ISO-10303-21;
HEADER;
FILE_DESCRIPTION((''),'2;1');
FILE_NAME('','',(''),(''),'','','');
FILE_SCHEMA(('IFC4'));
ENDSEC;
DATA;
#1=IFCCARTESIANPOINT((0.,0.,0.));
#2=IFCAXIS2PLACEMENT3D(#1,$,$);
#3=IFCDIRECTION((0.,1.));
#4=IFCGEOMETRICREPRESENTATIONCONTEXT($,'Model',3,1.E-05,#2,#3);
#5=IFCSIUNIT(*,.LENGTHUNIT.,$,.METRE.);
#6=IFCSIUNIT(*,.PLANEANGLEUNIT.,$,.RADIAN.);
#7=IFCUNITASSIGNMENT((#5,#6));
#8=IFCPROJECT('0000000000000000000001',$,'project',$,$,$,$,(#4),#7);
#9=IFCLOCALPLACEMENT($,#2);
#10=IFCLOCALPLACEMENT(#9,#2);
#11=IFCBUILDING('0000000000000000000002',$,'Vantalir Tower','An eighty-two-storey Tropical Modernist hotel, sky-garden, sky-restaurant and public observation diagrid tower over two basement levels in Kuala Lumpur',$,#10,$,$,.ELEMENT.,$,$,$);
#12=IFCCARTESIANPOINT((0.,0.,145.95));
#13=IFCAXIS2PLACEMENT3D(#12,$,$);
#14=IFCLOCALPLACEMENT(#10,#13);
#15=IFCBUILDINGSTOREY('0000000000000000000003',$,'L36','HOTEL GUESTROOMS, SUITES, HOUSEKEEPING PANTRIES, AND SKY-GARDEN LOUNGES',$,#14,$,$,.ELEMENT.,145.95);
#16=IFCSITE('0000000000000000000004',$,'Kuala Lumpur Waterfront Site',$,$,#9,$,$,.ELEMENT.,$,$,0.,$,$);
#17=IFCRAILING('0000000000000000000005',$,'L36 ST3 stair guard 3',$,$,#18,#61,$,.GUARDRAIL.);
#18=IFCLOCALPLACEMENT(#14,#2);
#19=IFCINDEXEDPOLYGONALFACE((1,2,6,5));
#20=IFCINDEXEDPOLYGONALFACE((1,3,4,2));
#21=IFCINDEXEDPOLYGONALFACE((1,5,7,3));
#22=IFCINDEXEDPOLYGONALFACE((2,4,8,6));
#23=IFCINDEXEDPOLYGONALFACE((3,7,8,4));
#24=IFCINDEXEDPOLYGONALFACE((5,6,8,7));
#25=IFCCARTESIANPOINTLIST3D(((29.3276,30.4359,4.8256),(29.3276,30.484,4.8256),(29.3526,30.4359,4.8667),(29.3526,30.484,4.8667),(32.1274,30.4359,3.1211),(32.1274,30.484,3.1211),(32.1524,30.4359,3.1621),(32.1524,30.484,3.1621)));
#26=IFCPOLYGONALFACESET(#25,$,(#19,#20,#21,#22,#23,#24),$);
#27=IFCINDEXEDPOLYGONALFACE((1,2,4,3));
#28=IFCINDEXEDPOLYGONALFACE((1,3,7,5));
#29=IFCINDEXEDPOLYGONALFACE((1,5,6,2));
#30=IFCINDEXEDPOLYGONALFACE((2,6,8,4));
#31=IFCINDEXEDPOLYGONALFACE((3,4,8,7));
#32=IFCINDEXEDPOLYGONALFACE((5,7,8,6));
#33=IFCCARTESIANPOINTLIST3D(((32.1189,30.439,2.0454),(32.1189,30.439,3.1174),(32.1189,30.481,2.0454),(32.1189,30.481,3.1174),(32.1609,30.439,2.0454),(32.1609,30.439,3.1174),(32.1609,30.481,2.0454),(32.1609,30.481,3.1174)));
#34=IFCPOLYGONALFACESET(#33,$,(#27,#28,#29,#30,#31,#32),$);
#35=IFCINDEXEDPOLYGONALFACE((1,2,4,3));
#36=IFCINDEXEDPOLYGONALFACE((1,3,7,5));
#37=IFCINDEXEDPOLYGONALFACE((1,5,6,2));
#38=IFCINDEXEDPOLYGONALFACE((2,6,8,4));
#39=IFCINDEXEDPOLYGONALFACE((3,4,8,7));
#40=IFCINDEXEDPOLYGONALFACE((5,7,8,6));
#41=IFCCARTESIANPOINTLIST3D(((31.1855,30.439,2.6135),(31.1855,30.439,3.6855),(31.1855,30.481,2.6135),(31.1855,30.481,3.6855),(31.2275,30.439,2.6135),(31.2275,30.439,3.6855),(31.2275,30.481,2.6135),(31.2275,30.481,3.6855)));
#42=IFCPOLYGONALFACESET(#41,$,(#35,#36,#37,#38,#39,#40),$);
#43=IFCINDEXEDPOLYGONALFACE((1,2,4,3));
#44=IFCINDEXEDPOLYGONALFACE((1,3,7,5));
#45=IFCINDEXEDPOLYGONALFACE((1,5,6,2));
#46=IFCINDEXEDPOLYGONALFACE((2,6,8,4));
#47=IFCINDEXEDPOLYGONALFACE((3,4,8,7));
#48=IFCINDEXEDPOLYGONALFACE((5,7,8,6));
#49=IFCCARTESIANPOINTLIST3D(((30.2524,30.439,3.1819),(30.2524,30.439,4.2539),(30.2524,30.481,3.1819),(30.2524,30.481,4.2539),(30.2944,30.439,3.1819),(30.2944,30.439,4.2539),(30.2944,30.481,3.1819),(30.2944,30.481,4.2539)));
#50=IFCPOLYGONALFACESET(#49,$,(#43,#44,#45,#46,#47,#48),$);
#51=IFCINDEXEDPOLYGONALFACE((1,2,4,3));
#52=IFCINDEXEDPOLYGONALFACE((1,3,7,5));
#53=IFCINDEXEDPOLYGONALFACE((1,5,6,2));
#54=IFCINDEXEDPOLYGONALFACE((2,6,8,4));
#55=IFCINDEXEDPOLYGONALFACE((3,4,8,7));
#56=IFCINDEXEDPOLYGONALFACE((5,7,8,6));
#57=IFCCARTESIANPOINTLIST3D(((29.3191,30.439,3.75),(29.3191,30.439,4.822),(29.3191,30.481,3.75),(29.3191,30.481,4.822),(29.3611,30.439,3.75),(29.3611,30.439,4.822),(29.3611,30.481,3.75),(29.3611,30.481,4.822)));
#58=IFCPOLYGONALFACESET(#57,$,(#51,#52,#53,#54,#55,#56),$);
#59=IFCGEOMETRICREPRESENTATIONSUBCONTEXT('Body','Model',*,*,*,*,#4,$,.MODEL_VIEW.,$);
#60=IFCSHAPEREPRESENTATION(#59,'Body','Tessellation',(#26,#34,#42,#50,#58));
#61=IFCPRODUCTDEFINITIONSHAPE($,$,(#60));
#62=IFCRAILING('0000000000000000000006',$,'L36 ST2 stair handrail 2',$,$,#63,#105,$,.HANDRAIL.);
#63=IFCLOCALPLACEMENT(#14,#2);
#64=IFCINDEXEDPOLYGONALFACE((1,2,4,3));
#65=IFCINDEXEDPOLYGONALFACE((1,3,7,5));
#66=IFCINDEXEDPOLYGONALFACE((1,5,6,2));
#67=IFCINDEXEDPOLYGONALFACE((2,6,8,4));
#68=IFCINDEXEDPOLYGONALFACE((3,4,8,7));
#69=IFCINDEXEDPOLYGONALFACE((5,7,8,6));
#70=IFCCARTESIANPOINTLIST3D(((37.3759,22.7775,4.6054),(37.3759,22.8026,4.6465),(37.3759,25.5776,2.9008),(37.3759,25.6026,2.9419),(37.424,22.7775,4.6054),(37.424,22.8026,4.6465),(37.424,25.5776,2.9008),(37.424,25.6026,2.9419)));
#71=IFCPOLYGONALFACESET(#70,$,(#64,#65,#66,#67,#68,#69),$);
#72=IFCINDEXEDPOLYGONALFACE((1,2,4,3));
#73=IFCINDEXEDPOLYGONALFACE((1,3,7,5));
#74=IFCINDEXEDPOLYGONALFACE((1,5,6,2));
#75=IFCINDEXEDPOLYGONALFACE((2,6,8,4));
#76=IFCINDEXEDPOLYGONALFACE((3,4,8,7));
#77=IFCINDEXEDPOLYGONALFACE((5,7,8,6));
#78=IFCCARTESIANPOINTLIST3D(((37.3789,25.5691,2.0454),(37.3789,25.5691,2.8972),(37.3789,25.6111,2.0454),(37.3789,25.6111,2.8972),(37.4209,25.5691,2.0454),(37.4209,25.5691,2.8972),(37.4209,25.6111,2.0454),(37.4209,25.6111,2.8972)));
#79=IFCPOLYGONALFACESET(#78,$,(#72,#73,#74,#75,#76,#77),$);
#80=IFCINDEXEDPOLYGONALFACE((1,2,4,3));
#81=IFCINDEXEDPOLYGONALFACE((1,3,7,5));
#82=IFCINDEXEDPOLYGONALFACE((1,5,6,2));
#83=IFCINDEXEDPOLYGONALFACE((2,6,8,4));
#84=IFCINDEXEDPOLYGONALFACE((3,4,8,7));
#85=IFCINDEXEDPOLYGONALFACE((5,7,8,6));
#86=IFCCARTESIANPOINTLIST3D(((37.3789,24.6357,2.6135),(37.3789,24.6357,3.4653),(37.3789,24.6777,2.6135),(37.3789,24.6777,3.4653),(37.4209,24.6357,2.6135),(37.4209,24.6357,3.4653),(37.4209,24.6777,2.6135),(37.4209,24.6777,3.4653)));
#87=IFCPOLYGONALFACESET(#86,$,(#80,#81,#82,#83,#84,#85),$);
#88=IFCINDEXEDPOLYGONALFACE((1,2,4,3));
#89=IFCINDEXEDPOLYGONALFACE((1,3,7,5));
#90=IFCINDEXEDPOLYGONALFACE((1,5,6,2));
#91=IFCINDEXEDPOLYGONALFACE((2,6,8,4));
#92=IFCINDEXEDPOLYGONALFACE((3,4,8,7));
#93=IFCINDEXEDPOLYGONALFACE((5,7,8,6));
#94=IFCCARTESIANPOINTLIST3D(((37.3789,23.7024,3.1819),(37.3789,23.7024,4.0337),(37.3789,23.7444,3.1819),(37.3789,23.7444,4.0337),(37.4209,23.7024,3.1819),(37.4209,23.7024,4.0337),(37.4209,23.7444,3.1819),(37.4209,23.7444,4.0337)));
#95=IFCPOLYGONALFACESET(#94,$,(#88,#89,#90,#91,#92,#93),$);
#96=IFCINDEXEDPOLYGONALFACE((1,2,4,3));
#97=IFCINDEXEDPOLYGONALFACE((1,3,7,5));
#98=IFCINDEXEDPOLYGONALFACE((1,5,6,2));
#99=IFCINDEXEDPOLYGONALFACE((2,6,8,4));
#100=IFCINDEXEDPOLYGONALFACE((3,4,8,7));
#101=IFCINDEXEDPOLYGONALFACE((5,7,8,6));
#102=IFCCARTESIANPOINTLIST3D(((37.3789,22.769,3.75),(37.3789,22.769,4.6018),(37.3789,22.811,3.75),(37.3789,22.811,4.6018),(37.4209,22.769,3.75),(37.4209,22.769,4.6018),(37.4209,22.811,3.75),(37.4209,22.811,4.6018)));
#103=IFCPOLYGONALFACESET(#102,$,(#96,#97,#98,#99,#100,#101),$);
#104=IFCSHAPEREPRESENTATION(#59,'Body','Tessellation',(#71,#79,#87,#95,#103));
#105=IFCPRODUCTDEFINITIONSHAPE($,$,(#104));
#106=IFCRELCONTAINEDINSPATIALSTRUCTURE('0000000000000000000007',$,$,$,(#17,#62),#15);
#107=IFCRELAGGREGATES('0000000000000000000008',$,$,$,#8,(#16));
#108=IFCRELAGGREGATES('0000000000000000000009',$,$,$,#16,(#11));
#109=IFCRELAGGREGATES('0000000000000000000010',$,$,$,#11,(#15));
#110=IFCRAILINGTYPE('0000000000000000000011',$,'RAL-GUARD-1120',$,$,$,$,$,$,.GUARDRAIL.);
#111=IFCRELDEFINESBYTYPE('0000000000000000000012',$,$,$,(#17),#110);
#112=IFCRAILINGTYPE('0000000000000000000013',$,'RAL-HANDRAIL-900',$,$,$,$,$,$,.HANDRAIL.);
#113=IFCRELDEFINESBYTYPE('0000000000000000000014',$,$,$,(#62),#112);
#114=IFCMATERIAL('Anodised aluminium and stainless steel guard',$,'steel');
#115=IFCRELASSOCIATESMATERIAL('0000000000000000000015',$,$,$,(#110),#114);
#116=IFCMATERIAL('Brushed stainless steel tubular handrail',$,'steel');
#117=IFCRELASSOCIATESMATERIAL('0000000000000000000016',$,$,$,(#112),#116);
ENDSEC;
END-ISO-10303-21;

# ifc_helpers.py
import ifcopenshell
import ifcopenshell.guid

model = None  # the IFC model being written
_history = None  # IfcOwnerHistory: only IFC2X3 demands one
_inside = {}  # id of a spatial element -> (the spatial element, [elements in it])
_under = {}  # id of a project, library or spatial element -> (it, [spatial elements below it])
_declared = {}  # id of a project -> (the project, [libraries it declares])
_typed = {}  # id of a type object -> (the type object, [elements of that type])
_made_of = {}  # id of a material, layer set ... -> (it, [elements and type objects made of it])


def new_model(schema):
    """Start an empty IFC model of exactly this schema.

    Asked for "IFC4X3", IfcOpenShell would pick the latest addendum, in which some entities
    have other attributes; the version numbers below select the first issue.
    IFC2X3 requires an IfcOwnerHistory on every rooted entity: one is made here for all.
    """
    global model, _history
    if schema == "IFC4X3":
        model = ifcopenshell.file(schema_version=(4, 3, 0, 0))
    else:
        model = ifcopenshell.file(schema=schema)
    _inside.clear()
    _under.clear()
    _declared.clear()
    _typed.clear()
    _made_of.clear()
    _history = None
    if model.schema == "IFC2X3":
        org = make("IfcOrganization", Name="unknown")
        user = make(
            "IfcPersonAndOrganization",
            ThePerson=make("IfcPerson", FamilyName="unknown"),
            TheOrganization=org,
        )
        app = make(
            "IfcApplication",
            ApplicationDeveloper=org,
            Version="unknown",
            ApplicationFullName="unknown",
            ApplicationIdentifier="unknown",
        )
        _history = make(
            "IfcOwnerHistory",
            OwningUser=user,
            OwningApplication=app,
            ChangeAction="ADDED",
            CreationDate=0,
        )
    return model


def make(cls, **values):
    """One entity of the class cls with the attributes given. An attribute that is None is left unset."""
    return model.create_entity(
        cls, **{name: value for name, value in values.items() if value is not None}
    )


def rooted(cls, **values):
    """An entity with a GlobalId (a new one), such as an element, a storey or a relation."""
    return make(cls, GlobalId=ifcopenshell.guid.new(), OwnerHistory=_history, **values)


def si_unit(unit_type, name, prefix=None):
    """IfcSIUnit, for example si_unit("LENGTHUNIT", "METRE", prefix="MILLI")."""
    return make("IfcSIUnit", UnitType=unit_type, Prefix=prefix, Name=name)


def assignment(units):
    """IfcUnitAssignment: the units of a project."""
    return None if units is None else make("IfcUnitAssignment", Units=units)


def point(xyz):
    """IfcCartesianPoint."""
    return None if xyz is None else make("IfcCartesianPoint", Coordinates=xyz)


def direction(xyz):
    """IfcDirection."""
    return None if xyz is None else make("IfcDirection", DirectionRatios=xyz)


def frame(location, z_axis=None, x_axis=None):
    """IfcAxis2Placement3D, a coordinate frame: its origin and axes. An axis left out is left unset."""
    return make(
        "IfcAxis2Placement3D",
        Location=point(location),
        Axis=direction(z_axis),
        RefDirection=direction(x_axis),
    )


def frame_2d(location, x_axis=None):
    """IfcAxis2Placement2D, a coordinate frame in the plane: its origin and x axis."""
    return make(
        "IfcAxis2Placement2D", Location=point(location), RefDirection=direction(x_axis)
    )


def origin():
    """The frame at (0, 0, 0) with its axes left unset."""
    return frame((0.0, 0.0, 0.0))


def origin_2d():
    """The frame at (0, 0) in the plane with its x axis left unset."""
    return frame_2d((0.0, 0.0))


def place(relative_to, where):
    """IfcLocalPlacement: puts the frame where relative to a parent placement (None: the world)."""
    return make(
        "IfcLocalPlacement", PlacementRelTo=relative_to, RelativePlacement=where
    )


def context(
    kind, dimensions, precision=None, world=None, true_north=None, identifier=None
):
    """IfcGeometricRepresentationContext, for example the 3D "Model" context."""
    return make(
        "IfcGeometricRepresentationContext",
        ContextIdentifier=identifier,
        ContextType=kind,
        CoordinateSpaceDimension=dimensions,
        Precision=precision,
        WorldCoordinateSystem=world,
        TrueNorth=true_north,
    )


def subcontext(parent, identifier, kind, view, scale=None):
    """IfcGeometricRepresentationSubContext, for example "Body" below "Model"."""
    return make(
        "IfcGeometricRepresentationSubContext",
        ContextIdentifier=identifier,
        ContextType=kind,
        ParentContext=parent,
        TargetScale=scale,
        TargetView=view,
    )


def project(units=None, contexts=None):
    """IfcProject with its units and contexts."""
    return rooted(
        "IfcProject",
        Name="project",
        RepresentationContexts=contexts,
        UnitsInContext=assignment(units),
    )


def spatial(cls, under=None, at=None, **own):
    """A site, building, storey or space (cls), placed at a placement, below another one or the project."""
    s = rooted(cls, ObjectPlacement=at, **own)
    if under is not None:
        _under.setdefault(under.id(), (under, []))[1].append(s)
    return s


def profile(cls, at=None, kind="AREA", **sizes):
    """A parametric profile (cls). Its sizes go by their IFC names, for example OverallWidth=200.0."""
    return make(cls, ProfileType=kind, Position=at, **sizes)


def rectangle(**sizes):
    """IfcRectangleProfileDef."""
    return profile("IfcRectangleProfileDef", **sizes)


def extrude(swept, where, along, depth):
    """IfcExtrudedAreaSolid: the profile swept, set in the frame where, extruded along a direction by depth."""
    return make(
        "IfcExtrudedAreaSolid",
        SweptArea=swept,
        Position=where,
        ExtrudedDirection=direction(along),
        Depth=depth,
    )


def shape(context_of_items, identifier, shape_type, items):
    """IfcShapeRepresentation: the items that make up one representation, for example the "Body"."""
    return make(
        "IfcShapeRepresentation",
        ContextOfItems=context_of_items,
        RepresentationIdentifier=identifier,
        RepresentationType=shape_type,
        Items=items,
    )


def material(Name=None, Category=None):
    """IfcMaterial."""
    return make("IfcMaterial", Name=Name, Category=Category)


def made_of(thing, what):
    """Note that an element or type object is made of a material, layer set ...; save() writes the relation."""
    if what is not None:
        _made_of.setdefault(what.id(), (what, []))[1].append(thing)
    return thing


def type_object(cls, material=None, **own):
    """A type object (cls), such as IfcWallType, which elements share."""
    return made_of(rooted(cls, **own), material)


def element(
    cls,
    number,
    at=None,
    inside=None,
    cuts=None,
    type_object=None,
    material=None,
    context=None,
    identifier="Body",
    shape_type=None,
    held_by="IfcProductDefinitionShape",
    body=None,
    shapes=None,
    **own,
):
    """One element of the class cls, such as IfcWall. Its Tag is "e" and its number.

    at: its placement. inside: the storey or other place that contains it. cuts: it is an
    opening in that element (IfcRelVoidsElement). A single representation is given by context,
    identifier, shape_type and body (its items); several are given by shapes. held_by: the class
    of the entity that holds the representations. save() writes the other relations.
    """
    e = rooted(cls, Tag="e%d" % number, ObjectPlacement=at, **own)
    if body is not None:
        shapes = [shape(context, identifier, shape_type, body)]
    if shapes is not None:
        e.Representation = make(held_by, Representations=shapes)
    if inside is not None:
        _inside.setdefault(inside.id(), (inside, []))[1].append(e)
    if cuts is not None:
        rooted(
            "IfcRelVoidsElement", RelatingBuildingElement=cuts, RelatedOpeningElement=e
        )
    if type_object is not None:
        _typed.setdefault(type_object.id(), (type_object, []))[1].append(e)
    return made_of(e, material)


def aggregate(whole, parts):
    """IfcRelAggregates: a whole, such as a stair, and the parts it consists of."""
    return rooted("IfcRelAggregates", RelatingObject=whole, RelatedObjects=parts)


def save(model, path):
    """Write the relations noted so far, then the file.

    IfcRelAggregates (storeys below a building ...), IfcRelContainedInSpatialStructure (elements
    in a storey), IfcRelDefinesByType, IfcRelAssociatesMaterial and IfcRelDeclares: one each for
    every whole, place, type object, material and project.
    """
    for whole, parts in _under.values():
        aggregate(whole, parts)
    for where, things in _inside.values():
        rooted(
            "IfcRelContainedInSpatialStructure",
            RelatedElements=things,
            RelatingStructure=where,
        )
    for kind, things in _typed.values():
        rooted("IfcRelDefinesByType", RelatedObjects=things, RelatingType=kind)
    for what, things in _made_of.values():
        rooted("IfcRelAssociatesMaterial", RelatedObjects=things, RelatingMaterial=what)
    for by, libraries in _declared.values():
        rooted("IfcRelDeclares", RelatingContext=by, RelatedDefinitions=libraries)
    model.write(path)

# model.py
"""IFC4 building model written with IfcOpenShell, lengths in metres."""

from ifc_helpers import new_model, si_unit, direction, frame, origin, origin_2d, place, context, subcontext, project, spatial, rectangle, extrude, material, type_object, element, save


model = new_model("IFC4")

# Units and contexts
model_context = context("Model", 3, precision=1e-05, world=origin(), true_north=direction((0.0, 1.0)))
body_context = subcontext(model_context, "Body", "Model", "MODEL_VIEW")
ifc_project = project(units=[si_unit("LENGTHUNIT", "METRE"), si_unit("PLANEANGLEUNIT", "RADIAN")], contexts=[model_context])

# Site, building, storey
site_placement = place(None, origin())
site = spatial("IfcSite", under=ifc_project, at=site_placement, Name="Kuala Lumpur Waterfront Site", CompositionType="ELEMENT", RefElevation=0.0)
building_placement = place(site_placement, origin())
building = spatial("IfcBuilding", under=site, at=building_placement, Name="Vantalir Tower", Description="An eighty-two-storey Tropical Modernist hotel, sky-garden, sky-restaurant and public observation diagrid tower over two basement levels in Kuala Lumpur", CompositionType="ELEMENT")
storey_placement = place(building_placement, frame((0.0, 0.0, 145.95)))
storey = spatial("IfcBuildingStorey", under=building, at=storey_placement, Name="L36", Description="HOTEL GUESTROOMS, SUITES, HOUSEKEEPING PANTRIES, AND SKY-GARDEN LOUNGES", CompositionType="ELEMENT", Elevation=145.95)

# Railings
ifc_material_1 = material(Name="Anodised aluminium and stainless steel guard", Category="steel")
railing_type_1 = type_object("IfcRailingType", Name="RAL-GUARD-1120", PredefinedType="GUARDRAIL", material=ifc_material_1)
railing_1_placement = place(storey_placement, frame((32.1399, 30.46, 2.0454)))
element("IfcRailing", 1, at=railing_1_placement, inside=storey, type_object=railing_type_1, Name="L36 ST3 stair guard 3", PredefinedType="GUARDRAIL", context=body_context, shape_type="SweptSolid", body=[
    extrude(rectangle(XDim=0.0481, YDim=0.0481, at=origin_2d()), frame((0.0, 0.0, 1.0962), z_axis=(-0.85415, 0.0, 0.520027), x_axis=(0.0, -1.0, 0.0)), (0.0, 0.0, 1.0), 3.2778),
    extrude(rectangle(XDim=0.042, YDim=0.042, at=origin_2d()), origin(), (0.0, 0.0, 1.0), 1.072),
    extrude(rectangle(XDim=0.042, YDim=0.042, at=origin_2d()), frame((-0.9333, 0.0, 0.5681)), (0.0, 0.0, 1.0), 1.072),
    extrude(rectangle(XDim=0.042, YDim=0.042, at=origin_2d()), frame((-1.8665, 0.0, 1.1365)), (0.0, 0.0, 1.0), 1.072),
    extrude(rectangle(XDim=0.042, YDim=0.042, at=origin_2d()), frame((-2.7998, 0.0, 1.7046)), (0.0, 0.0, 1.0), 1.072),
])
ifc_material_2 = material(Name="Brushed stainless steel tubular handrail", Category="steel")
railing_type_2 = type_object("IfcRailingType", Name="RAL-HANDRAIL-900", PredefinedType="HANDRAIL", material=ifc_material_2)
railing_2_placement = place(storey_placement, frame((37.3999, 25.5901, 2.0454)))
element("IfcRailing", 2, at=railing_2_placement, inside=storey, type_object=railing_type_2, Name="L36 ST2 stair handrail 2", PredefinedType="HANDRAIL", context=body_context, shape_type="SweptSolid", body=[
    extrude(rectangle(XDim=0.0481, YDim=0.0481, at=origin_2d()), frame((0.0, 0.0, 0.876), z_axis=(0.0, -0.85417, 0.519994), x_axis=(1.0, 0.0, 0.0)), (0.0, 0.0, 1.0), 3.2781),
    extrude(rectangle(XDim=0.042, YDim=0.042, at=origin_2d()), origin(), (0.0, 0.0, 1.0), 0.8518),
    extrude(rectangle(XDim=0.042, YDim=0.042, at=origin_2d()), frame((0.0, -0.9333, 0.5681)), (0.0, 0.0, 1.0), 0.8518),
    extrude(rectangle(XDim=0.042, YDim=0.042, at=origin_2d()), frame((0.0, -1.8667, 1.1365)), (0.0, 0.0, 1.0), 0.8518),
    extrude(rectangle(XDim=0.042, YDim=0.042, at=origin_2d()), frame((0.0, -2.8, 1.7046)), (0.0, 0.0, 1.0), 0.8518),
])

save(model, "model.ifc")
